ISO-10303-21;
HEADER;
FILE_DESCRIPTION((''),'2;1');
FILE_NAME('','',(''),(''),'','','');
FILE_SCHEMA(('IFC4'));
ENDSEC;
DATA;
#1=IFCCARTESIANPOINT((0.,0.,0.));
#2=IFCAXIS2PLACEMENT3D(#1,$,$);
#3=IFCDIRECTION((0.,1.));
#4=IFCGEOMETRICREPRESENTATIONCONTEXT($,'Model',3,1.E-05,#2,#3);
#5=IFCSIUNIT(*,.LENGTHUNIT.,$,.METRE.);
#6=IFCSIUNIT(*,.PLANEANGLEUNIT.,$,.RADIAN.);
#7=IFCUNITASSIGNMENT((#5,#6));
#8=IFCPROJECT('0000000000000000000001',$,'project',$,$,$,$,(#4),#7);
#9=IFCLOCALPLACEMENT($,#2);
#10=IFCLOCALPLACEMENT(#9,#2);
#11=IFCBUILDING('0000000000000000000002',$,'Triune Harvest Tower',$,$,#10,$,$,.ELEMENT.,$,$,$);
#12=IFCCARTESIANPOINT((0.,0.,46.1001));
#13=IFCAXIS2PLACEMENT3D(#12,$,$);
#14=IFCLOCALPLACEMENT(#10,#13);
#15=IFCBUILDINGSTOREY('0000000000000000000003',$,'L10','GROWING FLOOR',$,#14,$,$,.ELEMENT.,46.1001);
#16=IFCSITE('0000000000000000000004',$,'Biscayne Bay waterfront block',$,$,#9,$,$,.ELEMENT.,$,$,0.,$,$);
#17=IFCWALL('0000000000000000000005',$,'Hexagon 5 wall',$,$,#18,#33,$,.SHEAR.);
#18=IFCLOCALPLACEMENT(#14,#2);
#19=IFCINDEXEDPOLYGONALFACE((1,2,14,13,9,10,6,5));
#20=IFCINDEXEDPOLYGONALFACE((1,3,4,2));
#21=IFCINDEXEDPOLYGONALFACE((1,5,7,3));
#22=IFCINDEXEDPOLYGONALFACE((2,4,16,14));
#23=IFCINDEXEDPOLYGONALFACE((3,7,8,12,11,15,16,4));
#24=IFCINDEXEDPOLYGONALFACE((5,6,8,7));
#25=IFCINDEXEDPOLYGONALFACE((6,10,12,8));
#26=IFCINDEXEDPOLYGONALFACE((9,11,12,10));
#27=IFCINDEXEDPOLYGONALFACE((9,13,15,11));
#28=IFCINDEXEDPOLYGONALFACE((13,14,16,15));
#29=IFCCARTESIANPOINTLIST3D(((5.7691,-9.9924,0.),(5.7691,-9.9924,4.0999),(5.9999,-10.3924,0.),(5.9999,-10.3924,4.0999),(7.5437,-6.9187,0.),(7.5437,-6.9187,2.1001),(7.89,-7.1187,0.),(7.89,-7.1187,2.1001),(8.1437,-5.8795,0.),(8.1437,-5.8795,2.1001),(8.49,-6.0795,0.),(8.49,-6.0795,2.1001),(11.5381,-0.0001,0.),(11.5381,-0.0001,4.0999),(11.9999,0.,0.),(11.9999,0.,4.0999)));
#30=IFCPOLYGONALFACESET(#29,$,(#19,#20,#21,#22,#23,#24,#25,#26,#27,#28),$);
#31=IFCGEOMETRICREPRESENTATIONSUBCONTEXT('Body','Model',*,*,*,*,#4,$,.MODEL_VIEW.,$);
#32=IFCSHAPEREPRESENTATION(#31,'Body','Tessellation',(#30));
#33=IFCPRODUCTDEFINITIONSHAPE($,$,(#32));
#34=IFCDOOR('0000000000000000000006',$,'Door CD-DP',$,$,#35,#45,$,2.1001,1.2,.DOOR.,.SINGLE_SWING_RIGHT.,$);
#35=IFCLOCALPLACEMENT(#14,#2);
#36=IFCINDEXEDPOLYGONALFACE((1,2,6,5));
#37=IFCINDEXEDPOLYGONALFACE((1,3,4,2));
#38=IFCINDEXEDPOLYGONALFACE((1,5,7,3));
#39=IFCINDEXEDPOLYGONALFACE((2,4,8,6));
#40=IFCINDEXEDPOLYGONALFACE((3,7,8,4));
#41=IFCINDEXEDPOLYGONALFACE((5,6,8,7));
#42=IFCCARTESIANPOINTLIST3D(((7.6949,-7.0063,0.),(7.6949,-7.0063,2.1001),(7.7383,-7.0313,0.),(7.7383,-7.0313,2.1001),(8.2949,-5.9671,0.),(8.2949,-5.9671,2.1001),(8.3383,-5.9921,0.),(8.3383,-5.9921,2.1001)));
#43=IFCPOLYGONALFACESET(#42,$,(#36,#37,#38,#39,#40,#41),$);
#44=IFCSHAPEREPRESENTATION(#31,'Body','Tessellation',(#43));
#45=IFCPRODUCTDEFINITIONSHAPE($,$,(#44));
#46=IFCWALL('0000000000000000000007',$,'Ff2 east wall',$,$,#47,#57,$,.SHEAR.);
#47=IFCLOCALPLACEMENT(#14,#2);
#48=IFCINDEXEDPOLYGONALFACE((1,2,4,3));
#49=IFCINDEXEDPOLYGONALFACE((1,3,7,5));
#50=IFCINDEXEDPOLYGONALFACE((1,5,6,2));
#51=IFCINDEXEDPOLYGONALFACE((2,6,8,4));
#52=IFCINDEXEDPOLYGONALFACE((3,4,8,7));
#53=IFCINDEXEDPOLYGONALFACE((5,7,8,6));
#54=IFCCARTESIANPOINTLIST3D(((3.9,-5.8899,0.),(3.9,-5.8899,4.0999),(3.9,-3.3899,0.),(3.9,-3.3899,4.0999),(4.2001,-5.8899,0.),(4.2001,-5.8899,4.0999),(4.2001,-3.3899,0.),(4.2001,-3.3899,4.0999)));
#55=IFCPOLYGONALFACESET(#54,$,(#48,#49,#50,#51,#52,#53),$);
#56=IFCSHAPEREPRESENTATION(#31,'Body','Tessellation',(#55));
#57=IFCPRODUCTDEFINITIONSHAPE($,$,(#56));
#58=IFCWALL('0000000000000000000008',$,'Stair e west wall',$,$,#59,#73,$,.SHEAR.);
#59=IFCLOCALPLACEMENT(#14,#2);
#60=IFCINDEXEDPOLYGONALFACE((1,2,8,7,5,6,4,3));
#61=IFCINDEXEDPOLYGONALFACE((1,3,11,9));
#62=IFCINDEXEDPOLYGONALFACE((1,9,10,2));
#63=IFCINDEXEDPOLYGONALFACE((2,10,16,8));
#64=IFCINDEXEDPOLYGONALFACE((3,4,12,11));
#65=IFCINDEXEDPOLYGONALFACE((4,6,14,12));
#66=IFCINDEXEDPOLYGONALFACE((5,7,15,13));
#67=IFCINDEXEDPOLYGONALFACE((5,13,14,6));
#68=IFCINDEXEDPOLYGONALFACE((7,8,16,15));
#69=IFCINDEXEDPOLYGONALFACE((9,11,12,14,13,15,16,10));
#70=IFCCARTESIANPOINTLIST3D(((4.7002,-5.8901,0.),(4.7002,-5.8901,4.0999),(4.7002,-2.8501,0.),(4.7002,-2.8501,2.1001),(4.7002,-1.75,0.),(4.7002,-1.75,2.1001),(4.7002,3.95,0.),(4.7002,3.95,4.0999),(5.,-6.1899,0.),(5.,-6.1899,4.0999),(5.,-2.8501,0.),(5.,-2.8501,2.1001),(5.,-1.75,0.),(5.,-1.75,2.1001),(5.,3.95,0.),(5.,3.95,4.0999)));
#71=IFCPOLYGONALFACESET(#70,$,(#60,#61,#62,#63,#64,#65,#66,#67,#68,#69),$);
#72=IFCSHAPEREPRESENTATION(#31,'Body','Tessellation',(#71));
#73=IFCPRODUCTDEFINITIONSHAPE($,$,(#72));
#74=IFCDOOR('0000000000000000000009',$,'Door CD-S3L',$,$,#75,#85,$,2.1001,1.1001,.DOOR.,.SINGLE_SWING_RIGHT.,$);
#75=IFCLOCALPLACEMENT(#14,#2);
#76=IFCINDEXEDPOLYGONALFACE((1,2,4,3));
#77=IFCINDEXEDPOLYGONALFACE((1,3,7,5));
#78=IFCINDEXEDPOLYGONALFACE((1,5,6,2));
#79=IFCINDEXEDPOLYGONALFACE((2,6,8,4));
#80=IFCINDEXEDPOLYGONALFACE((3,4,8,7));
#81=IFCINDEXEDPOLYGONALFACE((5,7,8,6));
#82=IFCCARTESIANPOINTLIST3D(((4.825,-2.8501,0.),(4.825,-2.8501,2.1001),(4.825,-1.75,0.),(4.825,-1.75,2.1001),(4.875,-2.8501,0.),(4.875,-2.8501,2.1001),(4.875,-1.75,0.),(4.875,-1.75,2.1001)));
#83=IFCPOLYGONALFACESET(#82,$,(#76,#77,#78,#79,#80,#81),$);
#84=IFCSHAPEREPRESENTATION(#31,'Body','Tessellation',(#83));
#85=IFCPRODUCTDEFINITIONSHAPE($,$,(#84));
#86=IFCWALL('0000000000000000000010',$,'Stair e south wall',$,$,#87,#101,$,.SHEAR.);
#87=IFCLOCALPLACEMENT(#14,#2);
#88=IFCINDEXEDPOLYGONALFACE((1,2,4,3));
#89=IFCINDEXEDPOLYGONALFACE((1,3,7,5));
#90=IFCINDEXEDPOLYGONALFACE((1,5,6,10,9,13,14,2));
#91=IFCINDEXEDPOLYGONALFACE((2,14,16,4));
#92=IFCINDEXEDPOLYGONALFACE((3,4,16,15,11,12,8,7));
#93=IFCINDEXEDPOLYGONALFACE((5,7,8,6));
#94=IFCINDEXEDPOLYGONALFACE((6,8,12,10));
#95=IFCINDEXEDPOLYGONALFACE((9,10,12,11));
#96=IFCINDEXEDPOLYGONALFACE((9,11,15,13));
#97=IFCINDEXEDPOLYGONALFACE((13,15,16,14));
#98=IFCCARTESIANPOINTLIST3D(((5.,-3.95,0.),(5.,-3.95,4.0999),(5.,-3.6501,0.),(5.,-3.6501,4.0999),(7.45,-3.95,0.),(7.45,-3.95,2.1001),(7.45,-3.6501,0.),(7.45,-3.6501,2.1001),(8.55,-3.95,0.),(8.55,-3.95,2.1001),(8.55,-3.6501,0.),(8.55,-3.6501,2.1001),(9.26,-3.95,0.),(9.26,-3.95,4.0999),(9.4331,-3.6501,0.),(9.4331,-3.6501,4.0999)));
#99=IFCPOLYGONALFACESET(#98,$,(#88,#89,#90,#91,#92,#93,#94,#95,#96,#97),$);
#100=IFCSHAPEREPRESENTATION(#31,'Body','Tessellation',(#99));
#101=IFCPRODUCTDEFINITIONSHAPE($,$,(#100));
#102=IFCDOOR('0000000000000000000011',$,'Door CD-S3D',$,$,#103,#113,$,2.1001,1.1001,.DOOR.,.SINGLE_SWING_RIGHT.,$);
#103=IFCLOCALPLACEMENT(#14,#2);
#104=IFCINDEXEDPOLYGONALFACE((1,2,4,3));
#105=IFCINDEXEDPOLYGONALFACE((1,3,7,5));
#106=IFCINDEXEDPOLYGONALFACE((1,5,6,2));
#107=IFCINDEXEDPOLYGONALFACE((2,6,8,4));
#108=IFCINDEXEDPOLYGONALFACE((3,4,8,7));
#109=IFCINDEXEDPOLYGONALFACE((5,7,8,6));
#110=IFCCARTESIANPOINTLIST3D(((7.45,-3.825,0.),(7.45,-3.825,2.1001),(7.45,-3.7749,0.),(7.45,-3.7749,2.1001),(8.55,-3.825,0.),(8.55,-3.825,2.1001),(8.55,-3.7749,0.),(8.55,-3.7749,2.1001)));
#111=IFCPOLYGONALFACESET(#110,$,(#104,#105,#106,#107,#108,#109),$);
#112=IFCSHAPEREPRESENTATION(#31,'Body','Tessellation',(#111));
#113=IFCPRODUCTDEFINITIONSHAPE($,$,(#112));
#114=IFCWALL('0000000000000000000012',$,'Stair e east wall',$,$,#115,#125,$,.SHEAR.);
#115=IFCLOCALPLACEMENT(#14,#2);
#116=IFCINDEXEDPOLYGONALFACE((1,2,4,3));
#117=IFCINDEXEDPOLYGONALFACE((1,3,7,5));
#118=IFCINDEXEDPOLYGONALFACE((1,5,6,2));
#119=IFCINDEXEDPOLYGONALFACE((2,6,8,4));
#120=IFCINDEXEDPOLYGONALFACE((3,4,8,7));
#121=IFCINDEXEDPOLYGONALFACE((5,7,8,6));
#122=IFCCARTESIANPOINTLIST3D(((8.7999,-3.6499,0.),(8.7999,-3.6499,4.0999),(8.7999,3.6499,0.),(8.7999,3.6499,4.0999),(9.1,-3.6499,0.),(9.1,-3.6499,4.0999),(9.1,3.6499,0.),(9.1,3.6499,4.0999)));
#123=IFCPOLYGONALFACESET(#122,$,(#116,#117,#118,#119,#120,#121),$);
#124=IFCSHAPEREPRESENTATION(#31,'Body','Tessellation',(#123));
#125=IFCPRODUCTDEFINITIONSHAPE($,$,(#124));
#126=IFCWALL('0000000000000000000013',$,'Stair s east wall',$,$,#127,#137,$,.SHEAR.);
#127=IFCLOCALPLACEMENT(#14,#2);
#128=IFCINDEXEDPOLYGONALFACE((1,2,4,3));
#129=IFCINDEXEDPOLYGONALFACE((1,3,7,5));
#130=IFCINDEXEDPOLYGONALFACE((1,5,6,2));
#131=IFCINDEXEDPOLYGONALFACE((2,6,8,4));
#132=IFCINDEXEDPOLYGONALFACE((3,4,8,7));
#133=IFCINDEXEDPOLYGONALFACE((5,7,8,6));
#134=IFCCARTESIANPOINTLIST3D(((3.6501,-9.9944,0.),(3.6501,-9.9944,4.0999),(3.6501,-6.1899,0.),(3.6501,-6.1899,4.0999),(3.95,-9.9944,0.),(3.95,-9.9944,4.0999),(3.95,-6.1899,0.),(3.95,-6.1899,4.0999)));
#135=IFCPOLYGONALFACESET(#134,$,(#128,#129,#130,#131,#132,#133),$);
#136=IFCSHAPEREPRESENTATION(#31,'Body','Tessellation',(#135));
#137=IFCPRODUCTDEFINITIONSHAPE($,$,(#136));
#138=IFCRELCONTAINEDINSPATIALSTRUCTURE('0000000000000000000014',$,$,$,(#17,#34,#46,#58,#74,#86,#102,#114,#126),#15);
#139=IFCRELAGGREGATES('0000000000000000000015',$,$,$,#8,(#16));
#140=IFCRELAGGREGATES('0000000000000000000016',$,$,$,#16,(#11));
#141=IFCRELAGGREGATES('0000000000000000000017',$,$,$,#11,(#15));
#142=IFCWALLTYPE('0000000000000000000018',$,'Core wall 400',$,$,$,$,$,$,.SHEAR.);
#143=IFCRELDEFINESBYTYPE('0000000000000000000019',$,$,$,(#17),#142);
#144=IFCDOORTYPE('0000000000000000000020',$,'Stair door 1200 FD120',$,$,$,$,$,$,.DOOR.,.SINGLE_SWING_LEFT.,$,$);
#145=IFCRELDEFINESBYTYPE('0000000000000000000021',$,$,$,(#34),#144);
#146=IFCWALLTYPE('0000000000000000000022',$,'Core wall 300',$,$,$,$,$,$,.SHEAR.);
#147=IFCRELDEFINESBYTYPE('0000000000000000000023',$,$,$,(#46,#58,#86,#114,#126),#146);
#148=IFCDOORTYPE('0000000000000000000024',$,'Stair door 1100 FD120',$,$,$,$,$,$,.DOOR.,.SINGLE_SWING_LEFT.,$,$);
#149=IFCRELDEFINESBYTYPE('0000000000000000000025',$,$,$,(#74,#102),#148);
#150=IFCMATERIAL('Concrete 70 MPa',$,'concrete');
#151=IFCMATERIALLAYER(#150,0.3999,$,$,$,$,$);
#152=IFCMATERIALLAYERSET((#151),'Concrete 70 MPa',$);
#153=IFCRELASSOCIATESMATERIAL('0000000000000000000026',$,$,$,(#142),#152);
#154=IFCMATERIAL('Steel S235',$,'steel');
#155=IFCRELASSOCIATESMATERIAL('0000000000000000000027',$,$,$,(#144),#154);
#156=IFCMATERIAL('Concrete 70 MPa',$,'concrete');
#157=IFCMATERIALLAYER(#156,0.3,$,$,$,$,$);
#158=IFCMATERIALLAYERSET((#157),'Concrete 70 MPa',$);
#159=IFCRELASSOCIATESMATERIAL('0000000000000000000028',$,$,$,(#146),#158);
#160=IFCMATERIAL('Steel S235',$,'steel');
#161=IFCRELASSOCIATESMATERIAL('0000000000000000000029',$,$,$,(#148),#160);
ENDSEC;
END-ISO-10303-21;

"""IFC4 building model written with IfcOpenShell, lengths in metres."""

from ifc_helpers import new_model, si_unit, direction, frame, frame_2d, origin, place, context, subcontext, project, spatial, polyline, rectangle, outline, extrude, source, transform, mapped, material, layer, layer_set, type_object, element, fill, save


model = new_model("IFC4")

# Units and contexts
model_context = context("Model", 3, precision=1e-05, world=origin(), true_north=direction((0.0, 1.0)))
body_context = subcontext(model_context, "Body", "Model", "MODEL_VIEW")
ifc_project = project(units=[si_unit("LENGTHUNIT", "METRE"), si_unit("PLANEANGLEUNIT", "RADIAN")], contexts=[model_context])

# Site, building, storey
site_placement = place(None, origin())
site = spatial("IfcSite", under=ifc_project, at=site_placement, Name="Biscayne Bay waterfront block", CompositionType="ELEMENT", RefElevation=0.0)
building_placement = place(site_placement, origin())
building = spatial("IfcBuilding", under=site, at=building_placement, Name="Triune Harvest Tower", CompositionType="ELEMENT")
storey_placement = place(building_placement, frame((0.0, 0.0, 46.1001)))
storey = spatial("IfcBuildingStorey", under=building, at=storey_placement, Name="L10", Description="GROWING FLOOR", CompositionType="ELEMENT", Elevation=46.1001)

# Wall, opening, door
ifc_material_1 = material(Name="Concrete 70 MPa", Category="concrete")
ifc_layer_1 = layer(ifc_material_1, 0.3999)
ifc_layer_set_1 = layer_set([ifc_layer_1], Name="Concrete 70 MPa")
wall_type_1 = type_object("IfcWallType", Name="Core wall 400", PredefinedType="SHEAR", material=ifc_layer_set_1)
shared_shape_1 = source(origin(), body_context, "Body", "SweptSolid", [
    extrude(outline(polyline([(-0.1155, -0.2), (11.8845, -0.2), (11.6536, 0.2), (0.1155, 0.2), (-0.1155, -0.2)])), origin(), (0.0, 0.0, 1.0), 4.0999),
])
wall_1_placement = place(storey_placement, frame((5.8845, -10.1924, 0.0), z_axis=(0.0, 0.0, 1.0), x_axis=(0.499997, 0.866027, 0.0)))
wall_1 = element("IfcWall", 1, at=wall_1_placement, inside=storey, type_object=wall_type_1, Name="Hexagon 5 wall", PredefinedType="SHEAR", context=body_context, shape_type="MappedRepresentation", body=[
    mapped(shared_shape_1, transform((0.0, 0.0, 0.0), scale=1.0)),
])
opening_1_placement = place(wall_1_placement, frame((3.6646, 0.0, 0.0)))
opening_1 = element("IfcOpeningElement", 2, at=opening_1_placement, cuts=wall_1, PredefinedType="OPENING", context=body_context, shape_type="SweptSolid", body=[
    extrude(rectangle(XDim=1.2, YDim=2.1001, at=frame_2d((0.6001, 1.05))), frame((0.0, 0.21, 0.0), z_axis=(0.0, -1.0, 0.0), x_axis=(1.0, 0.0, 0.0)), (0.0, 0.0, 1.0), 0.4199),
])
ifc_material_2 = material(Name="Steel S235", Category="steel")
door_type_1 = type_object("IfcDoorType", Name="Stair door 1200 FD120", OperationType="SINGLE_SWING_LEFT", PredefinedType="DOOR", material=ifc_material_2)
door_1_placement = place(opening_1_placement, frame((1.2, 0.0, 0.0), z_axis=(0.0, 0.0, 1.0), x_axis=(-1.0, 0.0, 0.0)))
door_1 = element("IfcDoor", 3, at=door_1_placement, inside=storey, type_object=door_type_1, Name="Door CD-DP", OperationType="SINGLE_SWING_RIGHT", OverallHeight=2.1001, OverallWidth=1.2, PredefinedType="DOOR", context=body_context, shape_type="SweptSolid", body=[
    extrude(rectangle(XDim=1.2, YDim=2.1001, at=frame_2d((0.6001, 1.05))), frame((0.0, 0.0249, 0.0), z_axis=(0.0, -1.0, 0.0), x_axis=(1.0, 0.0, 0.0)), (0.0, 0.0, 1.0), 0.05),
])
fill(opening_1, door_1)

# Wall
ifc_material_3 = material(Name="Concrete 70 MPa", Category="concrete")
ifc_layer_2 = layer(ifc_material_3, 0.3)
ifc_layer_set_2 = layer_set([ifc_layer_2], Name="Concrete 70 MPa")
wall_type_2 = type_object("IfcWallType", Name="Core wall 300", PredefinedType="SHEAR", material=ifc_layer_set_2)
shared_shape_2 = source(origin(), body_context, "Body", "SweptSolid", [
    extrude(rectangle(XDim=2.5, YDim=0.3, at=frame_2d((1.25, 0.0))), origin(), (0.0, 0.0, 1.0), 4.0999),
])
wall_2_placement = place(storey_placement, frame((4.05, -5.8899, 0.0), z_axis=(0.0, 0.0, 1.0), x_axis=(0.0, 1.0, 0.0)))
element("IfcWall", 4, at=wall_2_placement, inside=storey, type_object=wall_type_2, Name="Ff2 east wall", PredefinedType="SHEAR", context=body_context, shape_type="MappedRepresentation", body=[
    mapped(shared_shape_2, transform((0.0, 0.0, 0.0), scale=1.0)),
])

# Walls, openings, doors
shared_shape_3 = source(origin(), body_context, "Body", "SweptSolid", [
    extrude(outline(polyline([(-0.1499, -0.1499), (9.99, -0.1499), (9.99, 0.1499), (0.1499, 0.1499), (-0.1499, -0.1499)])), origin(), (0.0, 0.0, 1.0), 4.0999),
])
wall_3_placement = place(storey_placement, frame((4.8501, -6.04, 0.0), z_axis=(0.0, 0.0, 1.0), x_axis=(0.0, 1.0, 0.0)))
wall_3 = element("IfcWall", 5, at=wall_3_placement, inside=storey, type_object=wall_type_2, Name="Stair e west wall", PredefinedType="SHEAR", context=body_context, shape_type="MappedRepresentation", body=[
    mapped(shared_shape_3, transform((0.0, 0.0, 0.0), scale=1.0)),
])
opening_2_placement = place(wall_3_placement, frame((3.1899, 0.0, 0.0)))
opening_2 = element("IfcOpeningElement", 6, at=opening_2_placement, cuts=wall_3, PredefinedType="OPENING", context=body_context, shape_type="SweptSolid", body=[
    extrude(rectangle(XDim=1.1001, YDim=2.1001, at=frame_2d((0.55, 1.05))), frame((0.0, 0.1602, 0.0), z_axis=(0.0, -1.0, 0.0), x_axis=(1.0, 0.0, 0.0)), (0.0, 0.0, 1.0), 0.3201),
])
ifc_material_4 = material(Name="Steel S235", Category="steel")
door_type_2 = type_object("IfcDoorType", Name="Stair door 1100 FD120", OperationType="SINGLE_SWING_LEFT", PredefinedType="DOOR", material=ifc_material_4)
door_2_placement = place(opening_2_placement, frame((1.1001, 0.0, 0.0), z_axis=(0.0, 0.0, 1.0), x_axis=(-1.0, 0.0, 0.0)))
door_2 = element("IfcDoor", 7, at=door_2_placement, inside=storey, type_object=door_type_2, Name="Door CD-S3L", OperationType="SINGLE_SWING_RIGHT", OverallHeight=2.1001, OverallWidth=1.1001, PredefinedType="DOOR", context=body_context, shape_type="SweptSolid", body=[
    extrude(rectangle(XDim=1.1001, YDim=2.1001, at=frame_2d((0.55, 1.05))), frame((0.0, 0.0249, 0.0), z_axis=(0.0, -1.0, 0.0), x_axis=(1.0, 0.0, 0.0)), (0.0, 0.0, 1.0), 0.05),
])
fill(opening_2, door_2)
shared_shape_4 = source(origin(), body_context, "Body", "SweptSolid", [
    extrude(outline(polyline([(0.0, -0.1499), (0.0, 0.1499), (4.4331, 0.1499), (4.26, -0.1499), (0.0, -0.1499)])), origin(), (0.0, 0.0, 1.0), 4.0999),
])
wall_4_placement = place(storey_placement, frame((5.0, -3.8, 0.0), z_axis=(0.0, 0.0, 1.0), x_axis=(1.0, 0.0, 0.0)))
wall_4 = element("IfcWall", 8, at=wall_4_placement, inside=storey, type_object=wall_type_2, Name="Stair e south wall", PredefinedType="SHEAR", context=body_context, shape_type="MappedRepresentation", body=[
    mapped(shared_shape_4, transform((0.0, 0.0, 0.0), scale=1.0)),
])
opening_3_placement = place(wall_4_placement, frame((2.45, 0.0, 0.0)))
opening_3 = element("IfcOpeningElement", 9, at=opening_3_placement, cuts=wall_4, PredefinedType="OPENING", context=body_context, shape_type="SweptSolid", body=[
    extrude(rectangle(XDim=1.1001, YDim=2.1001, at=frame_2d((0.55, 1.05))), frame((0.0, 0.1602, 0.0), z_axis=(0.0, -1.0, 0.0), x_axis=(1.0, 0.0, 0.0)), (0.0, 0.0, 1.0), 0.3201),
])
door_3_placement = place(opening_3_placement, frame((1.1001, 0.0, 0.0), z_axis=(0.0, 0.0, 1.0), x_axis=(-1.0, 0.0, 0.0)))
door_3 = element("IfcDoor", 10, at=door_3_placement, inside=storey, type_object=door_type_2, Name="Door CD-S3D", OperationType="SINGLE_SWING_RIGHT", OverallHeight=2.1001, OverallWidth=1.1001, PredefinedType="DOOR", context=body_context, shape_type="SweptSolid", body=[
    extrude(rectangle(XDim=1.1001, YDim=2.1001, at=frame_2d((0.55, 1.05))), frame((0.0, 0.0249, 0.0), z_axis=(0.0, -1.0, 0.0), x_axis=(1.0, 0.0, 0.0)), (0.0, 0.0, 1.0), 0.05),
])
fill(opening_3, door_3)

# Walls
shared_shape_5 = source(origin(), body_context, "Body", "SweptSolid", [
    extrude(rectangle(XDim=7.2998, YDim=0.3, at=frame_2d((3.6499, 0.0))), origin(), (0.0, 0.0, 1.0), 4.0999),
])
wall_5_placement = place(storey_placement, frame((8.95, -3.6499, 0.0), z_axis=(0.0, 0.0, 1.0), x_axis=(0.0, 1.0, 0.0)))
element("IfcWall", 11, at=wall_5_placement, inside=storey, type_object=wall_type_2, Name="Stair e east wall", PredefinedType="SHEAR", context=body_context, shape_type="MappedRepresentation", body=[
    mapped(shared_shape_5, transform((0.0, 0.0, 0.0), scale=1.0)),
])
shared_shape_6 = source(origin(), body_context, "Body", "SweptSolid", [
    extrude(outline(polyline([(3.8, -0.1499), (-0.0044, -0.1499), (-0.0044, 0.1499), (3.8, 0.1499), (3.8, -0.1499)])), origin(), (0.0, 0.0, 1.0), 4.0999),
])
wall_6_placement = place(storey_placement, frame((3.8, -9.99, 0.0), z_axis=(0.0, 0.0, 1.0), x_axis=(0.0, 1.0, 0.0)))
element("IfcWall", 12, at=wall_6_placement, inside=storey, type_object=wall_type_2, Name="Stair s east wall", PredefinedType="SHEAR", context=body_context, shape_type="MappedRepresentation", body=[
    mapped(shared_shape_6, transform((0.0, 0.0, 0.0), scale=1.0)),
])

save(model, "model.ifc")
